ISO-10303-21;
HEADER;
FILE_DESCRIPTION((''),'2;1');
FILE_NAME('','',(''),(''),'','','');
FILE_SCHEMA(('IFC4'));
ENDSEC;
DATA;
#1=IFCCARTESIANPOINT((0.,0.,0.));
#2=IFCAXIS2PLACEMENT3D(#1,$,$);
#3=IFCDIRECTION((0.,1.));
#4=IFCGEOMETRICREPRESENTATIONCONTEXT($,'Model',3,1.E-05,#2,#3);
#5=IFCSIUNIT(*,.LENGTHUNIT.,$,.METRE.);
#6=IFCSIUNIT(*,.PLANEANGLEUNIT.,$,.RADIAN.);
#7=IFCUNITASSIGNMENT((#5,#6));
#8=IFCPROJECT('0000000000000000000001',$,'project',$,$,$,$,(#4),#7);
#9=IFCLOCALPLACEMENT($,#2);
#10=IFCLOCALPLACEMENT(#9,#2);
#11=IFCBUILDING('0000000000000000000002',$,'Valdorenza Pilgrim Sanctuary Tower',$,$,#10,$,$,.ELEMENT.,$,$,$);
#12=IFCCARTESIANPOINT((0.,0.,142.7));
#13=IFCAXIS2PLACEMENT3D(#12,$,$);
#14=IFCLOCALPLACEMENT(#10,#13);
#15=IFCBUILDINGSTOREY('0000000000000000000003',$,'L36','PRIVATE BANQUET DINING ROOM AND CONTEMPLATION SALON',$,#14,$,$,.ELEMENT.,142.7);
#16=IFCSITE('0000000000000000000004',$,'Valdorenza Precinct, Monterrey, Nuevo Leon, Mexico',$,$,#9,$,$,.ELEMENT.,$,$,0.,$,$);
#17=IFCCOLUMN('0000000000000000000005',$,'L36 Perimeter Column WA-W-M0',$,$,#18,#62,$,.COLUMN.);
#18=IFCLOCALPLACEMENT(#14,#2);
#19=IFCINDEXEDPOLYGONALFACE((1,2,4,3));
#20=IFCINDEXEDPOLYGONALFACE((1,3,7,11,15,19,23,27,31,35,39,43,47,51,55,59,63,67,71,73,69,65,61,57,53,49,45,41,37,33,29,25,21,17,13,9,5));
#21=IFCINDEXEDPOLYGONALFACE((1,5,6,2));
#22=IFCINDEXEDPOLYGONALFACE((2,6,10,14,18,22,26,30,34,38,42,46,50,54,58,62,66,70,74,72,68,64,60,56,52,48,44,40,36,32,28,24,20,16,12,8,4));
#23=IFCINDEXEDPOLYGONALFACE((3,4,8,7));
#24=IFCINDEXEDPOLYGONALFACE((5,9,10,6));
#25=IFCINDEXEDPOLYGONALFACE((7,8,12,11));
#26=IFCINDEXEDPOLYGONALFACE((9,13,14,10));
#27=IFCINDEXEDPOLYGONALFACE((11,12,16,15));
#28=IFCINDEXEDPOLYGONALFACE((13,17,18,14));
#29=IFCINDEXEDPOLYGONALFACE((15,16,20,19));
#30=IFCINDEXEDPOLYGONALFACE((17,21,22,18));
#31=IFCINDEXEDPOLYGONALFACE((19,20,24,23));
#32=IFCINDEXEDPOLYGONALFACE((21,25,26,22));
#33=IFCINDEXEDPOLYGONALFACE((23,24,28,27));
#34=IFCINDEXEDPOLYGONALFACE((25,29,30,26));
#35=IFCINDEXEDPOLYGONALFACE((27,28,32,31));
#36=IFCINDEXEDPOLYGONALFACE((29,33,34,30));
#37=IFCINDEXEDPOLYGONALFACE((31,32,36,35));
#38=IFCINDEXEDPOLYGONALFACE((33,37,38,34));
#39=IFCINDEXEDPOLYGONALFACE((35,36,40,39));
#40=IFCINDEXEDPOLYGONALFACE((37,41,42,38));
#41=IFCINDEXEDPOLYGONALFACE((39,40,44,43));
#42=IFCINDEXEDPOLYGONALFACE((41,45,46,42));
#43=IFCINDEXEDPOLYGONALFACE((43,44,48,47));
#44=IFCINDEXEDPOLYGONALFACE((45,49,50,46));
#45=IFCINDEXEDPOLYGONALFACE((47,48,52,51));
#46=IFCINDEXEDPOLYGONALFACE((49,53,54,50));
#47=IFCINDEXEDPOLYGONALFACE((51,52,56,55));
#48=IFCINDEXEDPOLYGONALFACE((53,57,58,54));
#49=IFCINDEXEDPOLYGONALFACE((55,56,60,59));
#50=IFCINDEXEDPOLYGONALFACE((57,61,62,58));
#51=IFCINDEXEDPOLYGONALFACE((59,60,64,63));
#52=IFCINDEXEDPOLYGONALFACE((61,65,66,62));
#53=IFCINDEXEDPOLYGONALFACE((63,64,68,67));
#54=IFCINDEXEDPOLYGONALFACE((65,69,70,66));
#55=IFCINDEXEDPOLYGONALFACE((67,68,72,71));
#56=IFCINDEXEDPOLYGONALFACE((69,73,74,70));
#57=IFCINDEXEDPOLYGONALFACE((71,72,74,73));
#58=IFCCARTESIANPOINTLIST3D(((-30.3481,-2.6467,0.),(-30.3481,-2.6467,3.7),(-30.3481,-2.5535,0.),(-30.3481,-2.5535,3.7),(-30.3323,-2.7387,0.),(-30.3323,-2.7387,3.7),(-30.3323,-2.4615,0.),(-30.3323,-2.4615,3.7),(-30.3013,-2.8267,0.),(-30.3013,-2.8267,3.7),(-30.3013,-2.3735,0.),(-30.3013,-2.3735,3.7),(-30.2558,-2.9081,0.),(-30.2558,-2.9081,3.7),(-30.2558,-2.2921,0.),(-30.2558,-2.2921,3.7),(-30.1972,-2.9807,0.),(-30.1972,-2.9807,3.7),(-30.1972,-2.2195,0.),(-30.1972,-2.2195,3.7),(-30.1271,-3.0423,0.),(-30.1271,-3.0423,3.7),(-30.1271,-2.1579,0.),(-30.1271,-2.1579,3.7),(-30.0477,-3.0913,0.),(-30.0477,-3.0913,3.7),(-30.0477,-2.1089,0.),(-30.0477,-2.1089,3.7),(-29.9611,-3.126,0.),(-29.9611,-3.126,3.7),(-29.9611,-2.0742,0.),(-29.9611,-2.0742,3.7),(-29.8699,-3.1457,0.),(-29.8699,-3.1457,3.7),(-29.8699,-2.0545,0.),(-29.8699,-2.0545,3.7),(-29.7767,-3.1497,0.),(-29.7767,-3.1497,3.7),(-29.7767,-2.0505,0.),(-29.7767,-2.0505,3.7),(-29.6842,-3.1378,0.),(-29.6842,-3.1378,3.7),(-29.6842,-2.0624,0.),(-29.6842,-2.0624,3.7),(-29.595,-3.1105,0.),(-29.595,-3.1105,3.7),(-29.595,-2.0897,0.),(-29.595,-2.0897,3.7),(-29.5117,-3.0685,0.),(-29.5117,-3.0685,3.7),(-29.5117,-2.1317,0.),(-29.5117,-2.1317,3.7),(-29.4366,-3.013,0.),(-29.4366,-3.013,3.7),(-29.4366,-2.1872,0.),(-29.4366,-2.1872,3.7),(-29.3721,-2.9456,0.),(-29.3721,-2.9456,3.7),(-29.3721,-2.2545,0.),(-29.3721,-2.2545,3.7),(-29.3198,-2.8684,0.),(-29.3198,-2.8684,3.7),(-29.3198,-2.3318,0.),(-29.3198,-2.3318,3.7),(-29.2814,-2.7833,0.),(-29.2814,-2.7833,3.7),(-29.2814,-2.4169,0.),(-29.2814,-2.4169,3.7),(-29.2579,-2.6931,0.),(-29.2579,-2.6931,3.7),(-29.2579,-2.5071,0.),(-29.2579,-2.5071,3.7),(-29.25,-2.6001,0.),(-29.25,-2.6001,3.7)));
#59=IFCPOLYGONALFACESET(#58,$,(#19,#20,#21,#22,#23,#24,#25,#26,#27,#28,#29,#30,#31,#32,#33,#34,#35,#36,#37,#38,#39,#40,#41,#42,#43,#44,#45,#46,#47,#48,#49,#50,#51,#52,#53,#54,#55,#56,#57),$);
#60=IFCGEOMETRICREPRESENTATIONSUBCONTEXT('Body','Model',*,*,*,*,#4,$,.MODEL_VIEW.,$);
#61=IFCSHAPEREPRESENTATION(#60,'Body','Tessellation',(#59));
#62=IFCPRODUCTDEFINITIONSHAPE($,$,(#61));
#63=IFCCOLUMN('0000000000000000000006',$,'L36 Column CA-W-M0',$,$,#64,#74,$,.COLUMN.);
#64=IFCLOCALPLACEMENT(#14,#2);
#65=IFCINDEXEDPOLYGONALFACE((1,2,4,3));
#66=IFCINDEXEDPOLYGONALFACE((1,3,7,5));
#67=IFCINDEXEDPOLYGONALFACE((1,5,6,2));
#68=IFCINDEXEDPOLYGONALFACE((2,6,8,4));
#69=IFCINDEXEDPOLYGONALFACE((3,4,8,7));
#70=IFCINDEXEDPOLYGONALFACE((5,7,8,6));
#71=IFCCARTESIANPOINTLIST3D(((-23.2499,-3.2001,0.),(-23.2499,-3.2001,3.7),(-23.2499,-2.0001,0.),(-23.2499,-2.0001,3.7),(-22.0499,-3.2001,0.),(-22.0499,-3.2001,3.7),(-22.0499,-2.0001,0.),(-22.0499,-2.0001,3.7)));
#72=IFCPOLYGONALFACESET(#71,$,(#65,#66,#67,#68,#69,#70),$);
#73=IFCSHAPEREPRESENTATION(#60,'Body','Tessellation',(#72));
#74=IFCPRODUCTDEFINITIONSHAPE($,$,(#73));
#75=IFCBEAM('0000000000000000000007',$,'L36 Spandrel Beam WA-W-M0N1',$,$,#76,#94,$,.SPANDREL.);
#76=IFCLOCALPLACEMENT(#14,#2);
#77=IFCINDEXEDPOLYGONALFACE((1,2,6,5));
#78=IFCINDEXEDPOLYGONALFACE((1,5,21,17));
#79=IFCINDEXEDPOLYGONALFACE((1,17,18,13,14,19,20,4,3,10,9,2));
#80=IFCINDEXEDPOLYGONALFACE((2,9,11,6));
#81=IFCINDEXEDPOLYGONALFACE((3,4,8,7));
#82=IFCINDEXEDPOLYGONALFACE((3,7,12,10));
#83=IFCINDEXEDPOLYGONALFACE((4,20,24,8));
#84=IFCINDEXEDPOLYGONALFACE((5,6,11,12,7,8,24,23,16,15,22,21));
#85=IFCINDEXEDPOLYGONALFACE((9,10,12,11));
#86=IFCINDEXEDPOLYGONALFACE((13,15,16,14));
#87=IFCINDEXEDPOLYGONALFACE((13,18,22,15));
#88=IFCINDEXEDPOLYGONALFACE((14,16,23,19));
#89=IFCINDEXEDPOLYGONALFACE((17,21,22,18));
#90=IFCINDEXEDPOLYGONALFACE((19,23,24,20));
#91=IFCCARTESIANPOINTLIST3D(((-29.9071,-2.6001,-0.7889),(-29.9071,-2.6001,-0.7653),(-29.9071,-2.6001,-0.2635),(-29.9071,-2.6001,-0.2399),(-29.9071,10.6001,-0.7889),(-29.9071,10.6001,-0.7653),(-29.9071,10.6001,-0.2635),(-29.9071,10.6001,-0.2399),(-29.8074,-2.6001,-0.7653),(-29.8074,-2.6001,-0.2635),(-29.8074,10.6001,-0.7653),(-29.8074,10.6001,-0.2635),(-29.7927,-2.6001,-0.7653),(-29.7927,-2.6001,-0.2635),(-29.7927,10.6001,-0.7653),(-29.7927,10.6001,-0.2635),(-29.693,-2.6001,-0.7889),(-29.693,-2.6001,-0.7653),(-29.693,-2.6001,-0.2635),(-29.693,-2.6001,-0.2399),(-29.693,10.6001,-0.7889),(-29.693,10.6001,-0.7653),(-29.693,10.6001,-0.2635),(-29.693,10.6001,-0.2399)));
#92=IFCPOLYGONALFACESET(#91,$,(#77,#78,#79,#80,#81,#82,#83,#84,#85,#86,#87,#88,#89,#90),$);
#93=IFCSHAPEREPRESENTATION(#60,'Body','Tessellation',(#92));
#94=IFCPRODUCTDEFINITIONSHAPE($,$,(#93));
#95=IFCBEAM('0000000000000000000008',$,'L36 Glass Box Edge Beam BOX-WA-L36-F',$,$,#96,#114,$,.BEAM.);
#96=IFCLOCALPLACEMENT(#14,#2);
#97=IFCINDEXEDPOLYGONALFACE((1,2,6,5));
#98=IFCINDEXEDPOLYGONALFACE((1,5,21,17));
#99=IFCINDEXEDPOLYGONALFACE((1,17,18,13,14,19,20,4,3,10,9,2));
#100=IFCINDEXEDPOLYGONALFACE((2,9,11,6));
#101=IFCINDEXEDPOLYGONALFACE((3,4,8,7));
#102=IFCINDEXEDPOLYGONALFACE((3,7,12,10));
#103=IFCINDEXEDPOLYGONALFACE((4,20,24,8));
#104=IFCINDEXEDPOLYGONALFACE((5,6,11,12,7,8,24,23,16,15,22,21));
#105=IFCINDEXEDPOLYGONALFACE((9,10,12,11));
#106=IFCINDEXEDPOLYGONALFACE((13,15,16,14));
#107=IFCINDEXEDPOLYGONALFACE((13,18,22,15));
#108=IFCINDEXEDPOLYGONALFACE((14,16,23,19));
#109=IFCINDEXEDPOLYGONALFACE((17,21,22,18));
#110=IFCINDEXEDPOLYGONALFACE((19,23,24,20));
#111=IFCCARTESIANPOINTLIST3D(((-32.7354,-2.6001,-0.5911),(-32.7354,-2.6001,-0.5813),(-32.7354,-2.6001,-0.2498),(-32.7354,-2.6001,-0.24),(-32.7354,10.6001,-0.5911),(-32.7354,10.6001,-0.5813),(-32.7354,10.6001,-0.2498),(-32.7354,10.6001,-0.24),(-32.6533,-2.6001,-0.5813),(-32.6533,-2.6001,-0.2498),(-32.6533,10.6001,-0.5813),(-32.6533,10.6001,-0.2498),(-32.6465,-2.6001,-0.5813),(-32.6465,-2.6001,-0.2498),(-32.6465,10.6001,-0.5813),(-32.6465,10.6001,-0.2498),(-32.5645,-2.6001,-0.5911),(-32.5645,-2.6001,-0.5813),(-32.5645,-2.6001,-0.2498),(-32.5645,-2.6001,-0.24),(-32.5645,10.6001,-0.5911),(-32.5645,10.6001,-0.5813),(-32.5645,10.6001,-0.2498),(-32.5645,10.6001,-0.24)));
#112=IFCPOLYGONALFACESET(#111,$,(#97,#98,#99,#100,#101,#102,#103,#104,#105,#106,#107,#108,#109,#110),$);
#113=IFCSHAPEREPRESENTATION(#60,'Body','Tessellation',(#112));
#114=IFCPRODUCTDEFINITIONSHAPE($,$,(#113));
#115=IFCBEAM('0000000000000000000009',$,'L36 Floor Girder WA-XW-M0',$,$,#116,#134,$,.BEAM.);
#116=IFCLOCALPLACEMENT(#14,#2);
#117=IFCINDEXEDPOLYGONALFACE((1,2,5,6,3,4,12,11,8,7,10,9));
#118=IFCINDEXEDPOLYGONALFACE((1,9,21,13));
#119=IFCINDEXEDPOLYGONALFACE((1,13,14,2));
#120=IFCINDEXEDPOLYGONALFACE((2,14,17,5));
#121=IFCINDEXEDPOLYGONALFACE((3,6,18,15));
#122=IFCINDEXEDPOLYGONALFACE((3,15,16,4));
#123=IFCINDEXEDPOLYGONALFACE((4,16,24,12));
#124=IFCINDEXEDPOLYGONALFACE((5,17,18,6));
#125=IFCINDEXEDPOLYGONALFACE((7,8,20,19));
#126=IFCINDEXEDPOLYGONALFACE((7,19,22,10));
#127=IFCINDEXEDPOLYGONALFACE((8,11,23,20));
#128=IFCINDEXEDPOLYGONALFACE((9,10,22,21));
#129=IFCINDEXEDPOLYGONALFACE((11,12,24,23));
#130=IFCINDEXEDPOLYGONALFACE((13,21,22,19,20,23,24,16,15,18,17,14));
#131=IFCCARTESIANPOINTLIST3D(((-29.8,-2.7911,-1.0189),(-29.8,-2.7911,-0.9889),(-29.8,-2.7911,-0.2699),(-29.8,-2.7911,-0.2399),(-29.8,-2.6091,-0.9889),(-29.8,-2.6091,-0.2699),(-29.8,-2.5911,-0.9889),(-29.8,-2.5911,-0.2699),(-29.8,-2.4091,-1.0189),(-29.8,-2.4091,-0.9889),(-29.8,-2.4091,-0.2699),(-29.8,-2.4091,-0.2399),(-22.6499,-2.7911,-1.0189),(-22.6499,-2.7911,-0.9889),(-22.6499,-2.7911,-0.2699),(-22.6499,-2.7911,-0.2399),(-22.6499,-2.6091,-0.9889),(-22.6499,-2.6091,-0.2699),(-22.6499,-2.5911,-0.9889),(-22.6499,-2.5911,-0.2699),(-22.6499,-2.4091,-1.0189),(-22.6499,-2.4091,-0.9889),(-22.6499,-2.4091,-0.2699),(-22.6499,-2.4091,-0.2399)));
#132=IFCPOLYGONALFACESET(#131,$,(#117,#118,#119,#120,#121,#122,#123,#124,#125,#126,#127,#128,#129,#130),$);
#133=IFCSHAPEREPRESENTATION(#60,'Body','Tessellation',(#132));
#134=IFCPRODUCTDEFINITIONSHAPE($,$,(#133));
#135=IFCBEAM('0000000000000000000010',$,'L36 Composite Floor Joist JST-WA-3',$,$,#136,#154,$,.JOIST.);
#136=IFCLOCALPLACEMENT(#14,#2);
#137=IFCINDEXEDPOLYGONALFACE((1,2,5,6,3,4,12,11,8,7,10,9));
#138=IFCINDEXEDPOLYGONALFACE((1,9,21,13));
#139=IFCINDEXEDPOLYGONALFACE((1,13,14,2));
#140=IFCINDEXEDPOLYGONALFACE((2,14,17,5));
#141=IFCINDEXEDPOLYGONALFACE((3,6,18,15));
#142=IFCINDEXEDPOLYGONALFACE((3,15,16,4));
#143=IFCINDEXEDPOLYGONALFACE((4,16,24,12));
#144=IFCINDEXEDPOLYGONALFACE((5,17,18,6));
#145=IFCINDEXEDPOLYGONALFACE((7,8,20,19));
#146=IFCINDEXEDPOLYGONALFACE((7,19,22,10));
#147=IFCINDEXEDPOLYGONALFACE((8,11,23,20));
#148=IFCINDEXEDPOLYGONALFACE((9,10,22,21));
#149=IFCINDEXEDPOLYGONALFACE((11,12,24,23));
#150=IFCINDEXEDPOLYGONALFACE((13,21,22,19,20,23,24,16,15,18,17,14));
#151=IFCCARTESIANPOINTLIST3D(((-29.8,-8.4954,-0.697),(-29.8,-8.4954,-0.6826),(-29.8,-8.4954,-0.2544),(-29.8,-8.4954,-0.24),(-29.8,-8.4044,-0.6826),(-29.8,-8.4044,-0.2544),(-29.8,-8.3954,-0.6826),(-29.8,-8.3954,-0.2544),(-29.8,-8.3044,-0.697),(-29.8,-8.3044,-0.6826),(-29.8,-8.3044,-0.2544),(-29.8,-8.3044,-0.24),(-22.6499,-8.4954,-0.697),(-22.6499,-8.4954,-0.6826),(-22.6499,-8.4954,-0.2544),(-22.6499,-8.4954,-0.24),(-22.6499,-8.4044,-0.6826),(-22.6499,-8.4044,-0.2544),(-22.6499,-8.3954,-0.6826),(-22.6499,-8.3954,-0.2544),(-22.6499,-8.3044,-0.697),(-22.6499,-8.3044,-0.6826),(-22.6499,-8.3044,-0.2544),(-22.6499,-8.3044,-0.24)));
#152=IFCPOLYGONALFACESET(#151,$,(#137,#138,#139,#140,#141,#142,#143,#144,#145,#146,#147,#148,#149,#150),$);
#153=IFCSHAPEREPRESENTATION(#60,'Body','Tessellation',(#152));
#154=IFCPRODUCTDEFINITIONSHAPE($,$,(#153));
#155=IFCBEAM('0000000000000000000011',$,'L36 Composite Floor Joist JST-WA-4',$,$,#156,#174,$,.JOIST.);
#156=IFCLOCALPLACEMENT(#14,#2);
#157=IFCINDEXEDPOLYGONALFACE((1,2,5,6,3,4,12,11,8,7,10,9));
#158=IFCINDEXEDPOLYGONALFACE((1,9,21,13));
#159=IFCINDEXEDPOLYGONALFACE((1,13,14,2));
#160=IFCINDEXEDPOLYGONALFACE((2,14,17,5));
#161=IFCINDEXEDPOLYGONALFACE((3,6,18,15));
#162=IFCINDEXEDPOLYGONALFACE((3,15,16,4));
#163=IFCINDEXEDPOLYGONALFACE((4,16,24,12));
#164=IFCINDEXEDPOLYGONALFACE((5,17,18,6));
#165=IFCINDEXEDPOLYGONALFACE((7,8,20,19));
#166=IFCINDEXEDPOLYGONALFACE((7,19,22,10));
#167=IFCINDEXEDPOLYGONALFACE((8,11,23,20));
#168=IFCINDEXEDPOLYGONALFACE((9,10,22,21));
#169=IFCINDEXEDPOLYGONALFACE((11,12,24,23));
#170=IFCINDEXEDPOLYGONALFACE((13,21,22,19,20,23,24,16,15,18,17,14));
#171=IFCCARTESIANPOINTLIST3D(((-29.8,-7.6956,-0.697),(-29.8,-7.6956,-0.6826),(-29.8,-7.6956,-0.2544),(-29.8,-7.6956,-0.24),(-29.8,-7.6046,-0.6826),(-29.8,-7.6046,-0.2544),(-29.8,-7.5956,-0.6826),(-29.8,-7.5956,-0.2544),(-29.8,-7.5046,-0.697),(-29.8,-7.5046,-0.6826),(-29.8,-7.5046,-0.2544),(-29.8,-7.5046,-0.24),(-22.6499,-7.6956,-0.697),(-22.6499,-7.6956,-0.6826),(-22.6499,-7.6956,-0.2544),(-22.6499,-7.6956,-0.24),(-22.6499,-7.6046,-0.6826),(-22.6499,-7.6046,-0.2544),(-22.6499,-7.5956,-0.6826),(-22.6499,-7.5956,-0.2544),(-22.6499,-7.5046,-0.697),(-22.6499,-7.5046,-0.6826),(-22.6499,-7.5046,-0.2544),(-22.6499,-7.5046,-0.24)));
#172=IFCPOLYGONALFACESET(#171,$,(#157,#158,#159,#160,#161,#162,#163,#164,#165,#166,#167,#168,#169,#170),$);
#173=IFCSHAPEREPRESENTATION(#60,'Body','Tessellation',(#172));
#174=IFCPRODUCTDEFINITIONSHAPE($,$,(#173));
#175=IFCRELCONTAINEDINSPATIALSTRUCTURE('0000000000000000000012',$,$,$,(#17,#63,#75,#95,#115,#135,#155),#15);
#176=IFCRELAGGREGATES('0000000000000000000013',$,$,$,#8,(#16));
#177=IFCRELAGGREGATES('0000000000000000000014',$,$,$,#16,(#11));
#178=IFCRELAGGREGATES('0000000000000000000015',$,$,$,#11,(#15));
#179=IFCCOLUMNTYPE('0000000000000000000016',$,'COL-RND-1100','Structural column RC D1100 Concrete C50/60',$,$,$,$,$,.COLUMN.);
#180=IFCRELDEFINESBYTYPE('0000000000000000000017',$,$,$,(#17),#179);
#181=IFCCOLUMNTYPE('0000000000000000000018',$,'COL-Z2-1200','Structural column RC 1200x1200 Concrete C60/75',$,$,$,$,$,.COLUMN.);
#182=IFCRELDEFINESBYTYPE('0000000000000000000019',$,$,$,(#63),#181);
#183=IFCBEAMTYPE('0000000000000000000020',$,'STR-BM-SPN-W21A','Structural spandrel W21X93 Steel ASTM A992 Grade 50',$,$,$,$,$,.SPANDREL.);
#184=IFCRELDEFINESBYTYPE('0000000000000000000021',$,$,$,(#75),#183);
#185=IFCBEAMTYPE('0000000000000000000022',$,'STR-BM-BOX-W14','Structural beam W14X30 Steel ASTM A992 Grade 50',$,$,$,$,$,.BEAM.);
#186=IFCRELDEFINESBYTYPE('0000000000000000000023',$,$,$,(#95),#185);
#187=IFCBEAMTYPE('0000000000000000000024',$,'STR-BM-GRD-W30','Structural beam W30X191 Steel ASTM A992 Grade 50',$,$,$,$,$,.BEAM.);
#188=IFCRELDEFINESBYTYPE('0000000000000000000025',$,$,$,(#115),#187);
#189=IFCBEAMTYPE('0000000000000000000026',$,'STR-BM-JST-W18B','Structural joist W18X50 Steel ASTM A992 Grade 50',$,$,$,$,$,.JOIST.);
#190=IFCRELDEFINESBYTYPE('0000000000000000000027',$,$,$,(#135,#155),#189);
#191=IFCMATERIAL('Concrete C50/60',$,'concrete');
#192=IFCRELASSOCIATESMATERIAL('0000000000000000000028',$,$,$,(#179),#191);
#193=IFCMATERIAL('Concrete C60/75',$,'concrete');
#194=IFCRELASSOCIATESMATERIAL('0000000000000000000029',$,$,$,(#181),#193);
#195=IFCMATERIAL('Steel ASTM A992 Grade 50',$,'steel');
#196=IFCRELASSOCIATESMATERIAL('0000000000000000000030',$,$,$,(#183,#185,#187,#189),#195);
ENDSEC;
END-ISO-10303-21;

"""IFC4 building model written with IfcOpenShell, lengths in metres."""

from ifc_helpers import new_model, si_unit, direction, frame, origin, origin_2d, place, context, subcontext, project, spatial, rectangle, circle, i_section, extrude, source, transform, mapped, material, material_profile, profile_set, type_object, element, save


model = new_model("IFC4")

# Units and contexts
model_context = context("Model", 3, precision=1e-05, world=origin(), true_north=direction((0.0, 1.0)))
body_context = subcontext(model_context, "Body", "Model", "MODEL_VIEW")
ifc_project = project(units=[si_unit("LENGTHUNIT", "METRE"), si_unit("PLANEANGLEUNIT", "RADIAN")], contexts=[model_context])

# Site, building, storey
site_placement = place(None, origin())
site = spatial("IfcSite", under=ifc_project, at=site_placement, Name="Valdorenza Precinct, Monterrey, Nuevo Leon, Mexico", CompositionType="ELEMENT", RefElevation=0.0)
building_placement = place(site_placement, origin())
building = spatial("IfcBuilding", under=site, at=building_placement, Name="Valdorenza Pilgrim Sanctuary Tower", CompositionType="ELEMENT")
storey_placement = place(building_placement, frame((0.0, 0.0, 142.7)))
storey = spatial("IfcBuildingStorey", under=building, at=storey_placement, Name="L36", Description="PRIVATE BANQUET DINING ROOM AND CONTEMPLATION SALON", CompositionType="ELEMENT", Elevation=142.7)

# Columns
ifc_material_1 = material(Name="Concrete C50/60", Category="concrete")
ifc_material_profile_1 = material_profile(ifc_material_1, circle(Radius=0.55, at=origin_2d()), Name="RC D1100")
ifc_profile_set_1 = profile_set([ifc_material_profile_1], Name="Concrete C50/60")
column_type_1 = type_object("IfcColumnType", Name="COL-RND-1100", Description="Structural column RC D1100 Concrete C50/60", PredefinedType="COLUMN", material=ifc_profile_set_1)
shared_shape_1 = source(origin(), body_context, "Body", "SweptSolid", [
    extrude(circle(Radius=0.55, at=origin_2d()), origin(), (0.0, 0.0, 1.0), 3.7),
])
column_1_placement = place(storey_placement, frame((-29.8, -2.6001, 0.0), z_axis=(0.0, 0.0, 1.0), x_axis=(1.0, 0.0, 0.0)))
element("IfcColumn", 1, at=column_1_placement, inside=storey, type_object=column_type_1, Name="L36 Perimeter Column WA-W-M0", PredefinedType="COLUMN", context=body_context, shape_type="MappedRepresentation", body=[
    mapped(shared_shape_1, transform((0.0, 0.0, 0.0), x_axis=(1.0, 0.0, 0.0), y_axis=(0.0, 1.0, 0.0), z_axis=(0.0, 0.0, 1.0), scale=1.0)),
])
ifc_material_2 = material(Name="Concrete C60/75", Category="concrete")
ifc_material_profile_2 = material_profile(ifc_material_2, rectangle(XDim=1.2, YDim=1.2, at=origin_2d()), Name="RC 1200x1200")
ifc_profile_set_2 = profile_set([ifc_material_profile_2], Name="Concrete C60/75")
column_type_2 = type_object("IfcColumnType", Name="COL-Z2-1200", Description="Structural column RC 1200x1200 Concrete C60/75", PredefinedType="COLUMN", material=ifc_profile_set_2)
shared_shape_2 = source(origin(), body_context, "Body", "SweptSolid", [
    extrude(rectangle(XDim=1.2, YDim=1.2, at=origin_2d()), origin(), (0.0, 0.0, 1.0), 3.7),
])
column_2_placement = place(storey_placement, frame((-22.6499, -2.6001, 0.0), z_axis=(0.0, 0.0, 1.0), x_axis=(1.0, 0.0, 0.0)))
element("IfcColumn", 2, at=column_2_placement, inside=storey, type_object=column_type_2, Name="L36 Column CA-W-M0", PredefinedType="COLUMN", context=body_context, shape_type="MappedRepresentation", body=[
    mapped(shared_shape_2, transform((0.0, 0.0, 0.0), x_axis=(1.0, 0.0, 0.0), y_axis=(0.0, 1.0, 0.0), z_axis=(0.0, 0.0, 1.0), scale=1.0)),
])

# Beams
ifc_material_3 = material(Name="Steel ASTM A992 Grade 50", Category="steel")
ifc_material_profile_3 = material_profile(ifc_material_3, i_section(OverallWidth=0.2141, OverallDepth=0.5491, WebThickness=0.0146, FlangeThickness=0.0237, at=origin_2d()), Name="W21X93")
ifc_profile_set_3 = profile_set([ifc_material_profile_3], Name="Steel ASTM A992 Grade 50")
beam_type_1 = type_object("IfcBeamType", Name="STR-BM-SPN-W21A", Description="Structural spandrel W21X93 Steel ASTM A992 Grade 50", PredefinedType="SPANDREL", material=ifc_profile_set_3)
shared_shape_3 = source(origin(), body_context, "Body", "SweptSolid", [
    extrude(i_section(OverallWidth=0.2141, OverallDepth=0.5491, WebThickness=0.0146, FlangeThickness=0.0237, at=origin_2d()), origin(), (0.0, 0.0, 1.0), 13.2002),
])
beam_1_placement = place(storey_placement, frame((-29.8, -2.6001, -0.5144), z_axis=(0.0, 1.0, 0.0), x_axis=(-1.0, 0.0, 0.0)))
element("IfcBeam", 3, at=beam_1_placement, inside=storey, type_object=beam_type_1, Name="L36 Spandrel Beam WA-W-M0N1", PredefinedType="SPANDREL", context=body_context, shape_type="MappedRepresentation", body=[
    mapped(shared_shape_3, transform((0.0, 0.0, 0.0), x_axis=(1.0, 0.0, 0.0), y_axis=(0.0, 1.0, 0.0), z_axis=(0.0, 0.0, 1.0), scale=1.0)),
])
ifc_material_profile_4 = material_profile(ifc_material_3, i_section(OverallWidth=0.1709, OverallDepth=0.3511, WebThickness=0.0068, FlangeThickness=0.0098, at=origin_2d()), Name="W14X30")
ifc_profile_set_4 = profile_set([ifc_material_profile_4], Name="Steel ASTM A992 Grade 50")
beam_type_2 = type_object("IfcBeamType", Name="STR-BM-BOX-W14", Description="Structural beam W14X30 Steel ASTM A992 Grade 50", PredefinedType="BEAM", material=ifc_profile_set_4)
shared_shape_4 = source(origin(), body_context, "Body", "SweptSolid", [
    extrude(i_section(OverallWidth=0.1709, OverallDepth=0.3511, WebThickness=0.0068, FlangeThickness=0.0098, at=origin_2d()), origin(), (0.0, 0.0, 1.0), 13.2002),
])
beam_2_placement = place(storey_placement, frame((-32.6499, -2.6001, -0.4155), z_axis=(0.0, 1.0, 0.0), x_axis=(-1.0, 0.0, 0.0)))
element("IfcBeam", 4, at=beam_2_placement, inside=storey, type_object=beam_type_2, Name="L36 Glass Box Edge Beam BOX-WA-L36-F", PredefinedType="BEAM", context=body_context, shape_type="MappedRepresentation", body=[
    mapped(shared_shape_4, transform((0.0, 0.0, 0.0), x_axis=(1.0, 0.0, 0.0), y_axis=(0.0, 1.0, 0.0), z_axis=(0.0, 0.0, 1.0), scale=1.0)),
])
ifc_material_profile_5 = material_profile(ifc_material_3, i_section(OverallWidth=0.3821, OverallDepth=0.7791, WebThickness=0.0181, FlangeThickness=0.03, at=origin_2d()), Name="W30X191")
ifc_profile_set_5 = profile_set([ifc_material_profile_5], Name="Steel ASTM A992 Grade 50")
beam_type_3 = type_object("IfcBeamType", Name="STR-BM-GRD-W30", Description="Structural beam W30X191 Steel ASTM A992 Grade 50", PredefinedType="BEAM", material=ifc_profile_set_5)
shared_shape_5 = source(origin(), body_context, "Body", "SweptSolid", [
    extrude(i_section(OverallWidth=0.3821, OverallDepth=0.7791, WebThickness=0.0181, FlangeThickness=0.03, at=origin_2d()), origin(), (0.0, 0.0, 1.0), 7.1501),
])
beam_3_placement = place(storey_placement, frame((-29.8, -2.6001, -0.6294), z_axis=(1.0, 0.0, 0.0), x_axis=(0.0, 1.0, 0.0)))
element("IfcBeam", 5, at=beam_3_placement, inside=storey, type_object=beam_type_3, Name="L36 Floor Girder WA-XW-M0", PredefinedType="BEAM", context=body_context, shape_type="MappedRepresentation", body=[
    mapped(shared_shape_5, transform((0.0, 0.0, 0.0), x_axis=(1.0, 0.0, 0.0), y_axis=(0.0, 1.0, 0.0), z_axis=(0.0, 0.0, 1.0), scale=1.0)),
])
ifc_material_profile_6 = material_profile(ifc_material_3, i_section(OverallWidth=0.1909, OverallDepth=0.457, WebThickness=0.009, FlangeThickness=0.0144, at=origin_2d()), Name="W18X50")
ifc_profile_set_6 = profile_set([ifc_material_profile_6], Name="Steel ASTM A992 Grade 50")
beam_type_4 = type_object("IfcBeamType", Name="STR-BM-JST-W18B", Description="Structural joist W18X50 Steel ASTM A992 Grade 50", PredefinedType="JOIST", material=ifc_profile_set_6)
shared_shape_6 = source(origin(), body_context, "Body", "SweptSolid", [
    extrude(i_section(OverallWidth=0.1909, OverallDepth=0.457, WebThickness=0.009, FlangeThickness=0.0144, at=origin_2d()), origin(), (0.0, 0.0, 1.0), 7.1501),
])
for number, where, z_axis, x_axis, name in (
    (6, (-29.8, -8.3999, -0.4685), (1.0, 0.0, 0.0), (0.0, 1.0, 0.0), "L36 Composite Floor Joist JST-WA-3"),
    (7, (-29.8, -7.6001, -0.4685), (1.0, 0.0, 0.0), (0.0, 1.0, 0.0), "L36 Composite Floor Joist JST-WA-4"),
):
    element("IfcBeam", number, at=place(storey_placement, frame(where, z_axis=z_axis, x_axis=x_axis)), inside=storey, type_object=beam_type_4, Name=name, PredefinedType="JOIST", context=body_context, shape_type="MappedRepresentation", body=[
        mapped(shared_shape_6, transform((0.0, 0.0, 0.0), x_axis=(1.0, 0.0, 0.0), y_axis=(0.0, 1.0, 0.0), z_axis=(0.0, 0.0, 1.0), scale=1.0)),
    ])

save(model, "model.ifc")
